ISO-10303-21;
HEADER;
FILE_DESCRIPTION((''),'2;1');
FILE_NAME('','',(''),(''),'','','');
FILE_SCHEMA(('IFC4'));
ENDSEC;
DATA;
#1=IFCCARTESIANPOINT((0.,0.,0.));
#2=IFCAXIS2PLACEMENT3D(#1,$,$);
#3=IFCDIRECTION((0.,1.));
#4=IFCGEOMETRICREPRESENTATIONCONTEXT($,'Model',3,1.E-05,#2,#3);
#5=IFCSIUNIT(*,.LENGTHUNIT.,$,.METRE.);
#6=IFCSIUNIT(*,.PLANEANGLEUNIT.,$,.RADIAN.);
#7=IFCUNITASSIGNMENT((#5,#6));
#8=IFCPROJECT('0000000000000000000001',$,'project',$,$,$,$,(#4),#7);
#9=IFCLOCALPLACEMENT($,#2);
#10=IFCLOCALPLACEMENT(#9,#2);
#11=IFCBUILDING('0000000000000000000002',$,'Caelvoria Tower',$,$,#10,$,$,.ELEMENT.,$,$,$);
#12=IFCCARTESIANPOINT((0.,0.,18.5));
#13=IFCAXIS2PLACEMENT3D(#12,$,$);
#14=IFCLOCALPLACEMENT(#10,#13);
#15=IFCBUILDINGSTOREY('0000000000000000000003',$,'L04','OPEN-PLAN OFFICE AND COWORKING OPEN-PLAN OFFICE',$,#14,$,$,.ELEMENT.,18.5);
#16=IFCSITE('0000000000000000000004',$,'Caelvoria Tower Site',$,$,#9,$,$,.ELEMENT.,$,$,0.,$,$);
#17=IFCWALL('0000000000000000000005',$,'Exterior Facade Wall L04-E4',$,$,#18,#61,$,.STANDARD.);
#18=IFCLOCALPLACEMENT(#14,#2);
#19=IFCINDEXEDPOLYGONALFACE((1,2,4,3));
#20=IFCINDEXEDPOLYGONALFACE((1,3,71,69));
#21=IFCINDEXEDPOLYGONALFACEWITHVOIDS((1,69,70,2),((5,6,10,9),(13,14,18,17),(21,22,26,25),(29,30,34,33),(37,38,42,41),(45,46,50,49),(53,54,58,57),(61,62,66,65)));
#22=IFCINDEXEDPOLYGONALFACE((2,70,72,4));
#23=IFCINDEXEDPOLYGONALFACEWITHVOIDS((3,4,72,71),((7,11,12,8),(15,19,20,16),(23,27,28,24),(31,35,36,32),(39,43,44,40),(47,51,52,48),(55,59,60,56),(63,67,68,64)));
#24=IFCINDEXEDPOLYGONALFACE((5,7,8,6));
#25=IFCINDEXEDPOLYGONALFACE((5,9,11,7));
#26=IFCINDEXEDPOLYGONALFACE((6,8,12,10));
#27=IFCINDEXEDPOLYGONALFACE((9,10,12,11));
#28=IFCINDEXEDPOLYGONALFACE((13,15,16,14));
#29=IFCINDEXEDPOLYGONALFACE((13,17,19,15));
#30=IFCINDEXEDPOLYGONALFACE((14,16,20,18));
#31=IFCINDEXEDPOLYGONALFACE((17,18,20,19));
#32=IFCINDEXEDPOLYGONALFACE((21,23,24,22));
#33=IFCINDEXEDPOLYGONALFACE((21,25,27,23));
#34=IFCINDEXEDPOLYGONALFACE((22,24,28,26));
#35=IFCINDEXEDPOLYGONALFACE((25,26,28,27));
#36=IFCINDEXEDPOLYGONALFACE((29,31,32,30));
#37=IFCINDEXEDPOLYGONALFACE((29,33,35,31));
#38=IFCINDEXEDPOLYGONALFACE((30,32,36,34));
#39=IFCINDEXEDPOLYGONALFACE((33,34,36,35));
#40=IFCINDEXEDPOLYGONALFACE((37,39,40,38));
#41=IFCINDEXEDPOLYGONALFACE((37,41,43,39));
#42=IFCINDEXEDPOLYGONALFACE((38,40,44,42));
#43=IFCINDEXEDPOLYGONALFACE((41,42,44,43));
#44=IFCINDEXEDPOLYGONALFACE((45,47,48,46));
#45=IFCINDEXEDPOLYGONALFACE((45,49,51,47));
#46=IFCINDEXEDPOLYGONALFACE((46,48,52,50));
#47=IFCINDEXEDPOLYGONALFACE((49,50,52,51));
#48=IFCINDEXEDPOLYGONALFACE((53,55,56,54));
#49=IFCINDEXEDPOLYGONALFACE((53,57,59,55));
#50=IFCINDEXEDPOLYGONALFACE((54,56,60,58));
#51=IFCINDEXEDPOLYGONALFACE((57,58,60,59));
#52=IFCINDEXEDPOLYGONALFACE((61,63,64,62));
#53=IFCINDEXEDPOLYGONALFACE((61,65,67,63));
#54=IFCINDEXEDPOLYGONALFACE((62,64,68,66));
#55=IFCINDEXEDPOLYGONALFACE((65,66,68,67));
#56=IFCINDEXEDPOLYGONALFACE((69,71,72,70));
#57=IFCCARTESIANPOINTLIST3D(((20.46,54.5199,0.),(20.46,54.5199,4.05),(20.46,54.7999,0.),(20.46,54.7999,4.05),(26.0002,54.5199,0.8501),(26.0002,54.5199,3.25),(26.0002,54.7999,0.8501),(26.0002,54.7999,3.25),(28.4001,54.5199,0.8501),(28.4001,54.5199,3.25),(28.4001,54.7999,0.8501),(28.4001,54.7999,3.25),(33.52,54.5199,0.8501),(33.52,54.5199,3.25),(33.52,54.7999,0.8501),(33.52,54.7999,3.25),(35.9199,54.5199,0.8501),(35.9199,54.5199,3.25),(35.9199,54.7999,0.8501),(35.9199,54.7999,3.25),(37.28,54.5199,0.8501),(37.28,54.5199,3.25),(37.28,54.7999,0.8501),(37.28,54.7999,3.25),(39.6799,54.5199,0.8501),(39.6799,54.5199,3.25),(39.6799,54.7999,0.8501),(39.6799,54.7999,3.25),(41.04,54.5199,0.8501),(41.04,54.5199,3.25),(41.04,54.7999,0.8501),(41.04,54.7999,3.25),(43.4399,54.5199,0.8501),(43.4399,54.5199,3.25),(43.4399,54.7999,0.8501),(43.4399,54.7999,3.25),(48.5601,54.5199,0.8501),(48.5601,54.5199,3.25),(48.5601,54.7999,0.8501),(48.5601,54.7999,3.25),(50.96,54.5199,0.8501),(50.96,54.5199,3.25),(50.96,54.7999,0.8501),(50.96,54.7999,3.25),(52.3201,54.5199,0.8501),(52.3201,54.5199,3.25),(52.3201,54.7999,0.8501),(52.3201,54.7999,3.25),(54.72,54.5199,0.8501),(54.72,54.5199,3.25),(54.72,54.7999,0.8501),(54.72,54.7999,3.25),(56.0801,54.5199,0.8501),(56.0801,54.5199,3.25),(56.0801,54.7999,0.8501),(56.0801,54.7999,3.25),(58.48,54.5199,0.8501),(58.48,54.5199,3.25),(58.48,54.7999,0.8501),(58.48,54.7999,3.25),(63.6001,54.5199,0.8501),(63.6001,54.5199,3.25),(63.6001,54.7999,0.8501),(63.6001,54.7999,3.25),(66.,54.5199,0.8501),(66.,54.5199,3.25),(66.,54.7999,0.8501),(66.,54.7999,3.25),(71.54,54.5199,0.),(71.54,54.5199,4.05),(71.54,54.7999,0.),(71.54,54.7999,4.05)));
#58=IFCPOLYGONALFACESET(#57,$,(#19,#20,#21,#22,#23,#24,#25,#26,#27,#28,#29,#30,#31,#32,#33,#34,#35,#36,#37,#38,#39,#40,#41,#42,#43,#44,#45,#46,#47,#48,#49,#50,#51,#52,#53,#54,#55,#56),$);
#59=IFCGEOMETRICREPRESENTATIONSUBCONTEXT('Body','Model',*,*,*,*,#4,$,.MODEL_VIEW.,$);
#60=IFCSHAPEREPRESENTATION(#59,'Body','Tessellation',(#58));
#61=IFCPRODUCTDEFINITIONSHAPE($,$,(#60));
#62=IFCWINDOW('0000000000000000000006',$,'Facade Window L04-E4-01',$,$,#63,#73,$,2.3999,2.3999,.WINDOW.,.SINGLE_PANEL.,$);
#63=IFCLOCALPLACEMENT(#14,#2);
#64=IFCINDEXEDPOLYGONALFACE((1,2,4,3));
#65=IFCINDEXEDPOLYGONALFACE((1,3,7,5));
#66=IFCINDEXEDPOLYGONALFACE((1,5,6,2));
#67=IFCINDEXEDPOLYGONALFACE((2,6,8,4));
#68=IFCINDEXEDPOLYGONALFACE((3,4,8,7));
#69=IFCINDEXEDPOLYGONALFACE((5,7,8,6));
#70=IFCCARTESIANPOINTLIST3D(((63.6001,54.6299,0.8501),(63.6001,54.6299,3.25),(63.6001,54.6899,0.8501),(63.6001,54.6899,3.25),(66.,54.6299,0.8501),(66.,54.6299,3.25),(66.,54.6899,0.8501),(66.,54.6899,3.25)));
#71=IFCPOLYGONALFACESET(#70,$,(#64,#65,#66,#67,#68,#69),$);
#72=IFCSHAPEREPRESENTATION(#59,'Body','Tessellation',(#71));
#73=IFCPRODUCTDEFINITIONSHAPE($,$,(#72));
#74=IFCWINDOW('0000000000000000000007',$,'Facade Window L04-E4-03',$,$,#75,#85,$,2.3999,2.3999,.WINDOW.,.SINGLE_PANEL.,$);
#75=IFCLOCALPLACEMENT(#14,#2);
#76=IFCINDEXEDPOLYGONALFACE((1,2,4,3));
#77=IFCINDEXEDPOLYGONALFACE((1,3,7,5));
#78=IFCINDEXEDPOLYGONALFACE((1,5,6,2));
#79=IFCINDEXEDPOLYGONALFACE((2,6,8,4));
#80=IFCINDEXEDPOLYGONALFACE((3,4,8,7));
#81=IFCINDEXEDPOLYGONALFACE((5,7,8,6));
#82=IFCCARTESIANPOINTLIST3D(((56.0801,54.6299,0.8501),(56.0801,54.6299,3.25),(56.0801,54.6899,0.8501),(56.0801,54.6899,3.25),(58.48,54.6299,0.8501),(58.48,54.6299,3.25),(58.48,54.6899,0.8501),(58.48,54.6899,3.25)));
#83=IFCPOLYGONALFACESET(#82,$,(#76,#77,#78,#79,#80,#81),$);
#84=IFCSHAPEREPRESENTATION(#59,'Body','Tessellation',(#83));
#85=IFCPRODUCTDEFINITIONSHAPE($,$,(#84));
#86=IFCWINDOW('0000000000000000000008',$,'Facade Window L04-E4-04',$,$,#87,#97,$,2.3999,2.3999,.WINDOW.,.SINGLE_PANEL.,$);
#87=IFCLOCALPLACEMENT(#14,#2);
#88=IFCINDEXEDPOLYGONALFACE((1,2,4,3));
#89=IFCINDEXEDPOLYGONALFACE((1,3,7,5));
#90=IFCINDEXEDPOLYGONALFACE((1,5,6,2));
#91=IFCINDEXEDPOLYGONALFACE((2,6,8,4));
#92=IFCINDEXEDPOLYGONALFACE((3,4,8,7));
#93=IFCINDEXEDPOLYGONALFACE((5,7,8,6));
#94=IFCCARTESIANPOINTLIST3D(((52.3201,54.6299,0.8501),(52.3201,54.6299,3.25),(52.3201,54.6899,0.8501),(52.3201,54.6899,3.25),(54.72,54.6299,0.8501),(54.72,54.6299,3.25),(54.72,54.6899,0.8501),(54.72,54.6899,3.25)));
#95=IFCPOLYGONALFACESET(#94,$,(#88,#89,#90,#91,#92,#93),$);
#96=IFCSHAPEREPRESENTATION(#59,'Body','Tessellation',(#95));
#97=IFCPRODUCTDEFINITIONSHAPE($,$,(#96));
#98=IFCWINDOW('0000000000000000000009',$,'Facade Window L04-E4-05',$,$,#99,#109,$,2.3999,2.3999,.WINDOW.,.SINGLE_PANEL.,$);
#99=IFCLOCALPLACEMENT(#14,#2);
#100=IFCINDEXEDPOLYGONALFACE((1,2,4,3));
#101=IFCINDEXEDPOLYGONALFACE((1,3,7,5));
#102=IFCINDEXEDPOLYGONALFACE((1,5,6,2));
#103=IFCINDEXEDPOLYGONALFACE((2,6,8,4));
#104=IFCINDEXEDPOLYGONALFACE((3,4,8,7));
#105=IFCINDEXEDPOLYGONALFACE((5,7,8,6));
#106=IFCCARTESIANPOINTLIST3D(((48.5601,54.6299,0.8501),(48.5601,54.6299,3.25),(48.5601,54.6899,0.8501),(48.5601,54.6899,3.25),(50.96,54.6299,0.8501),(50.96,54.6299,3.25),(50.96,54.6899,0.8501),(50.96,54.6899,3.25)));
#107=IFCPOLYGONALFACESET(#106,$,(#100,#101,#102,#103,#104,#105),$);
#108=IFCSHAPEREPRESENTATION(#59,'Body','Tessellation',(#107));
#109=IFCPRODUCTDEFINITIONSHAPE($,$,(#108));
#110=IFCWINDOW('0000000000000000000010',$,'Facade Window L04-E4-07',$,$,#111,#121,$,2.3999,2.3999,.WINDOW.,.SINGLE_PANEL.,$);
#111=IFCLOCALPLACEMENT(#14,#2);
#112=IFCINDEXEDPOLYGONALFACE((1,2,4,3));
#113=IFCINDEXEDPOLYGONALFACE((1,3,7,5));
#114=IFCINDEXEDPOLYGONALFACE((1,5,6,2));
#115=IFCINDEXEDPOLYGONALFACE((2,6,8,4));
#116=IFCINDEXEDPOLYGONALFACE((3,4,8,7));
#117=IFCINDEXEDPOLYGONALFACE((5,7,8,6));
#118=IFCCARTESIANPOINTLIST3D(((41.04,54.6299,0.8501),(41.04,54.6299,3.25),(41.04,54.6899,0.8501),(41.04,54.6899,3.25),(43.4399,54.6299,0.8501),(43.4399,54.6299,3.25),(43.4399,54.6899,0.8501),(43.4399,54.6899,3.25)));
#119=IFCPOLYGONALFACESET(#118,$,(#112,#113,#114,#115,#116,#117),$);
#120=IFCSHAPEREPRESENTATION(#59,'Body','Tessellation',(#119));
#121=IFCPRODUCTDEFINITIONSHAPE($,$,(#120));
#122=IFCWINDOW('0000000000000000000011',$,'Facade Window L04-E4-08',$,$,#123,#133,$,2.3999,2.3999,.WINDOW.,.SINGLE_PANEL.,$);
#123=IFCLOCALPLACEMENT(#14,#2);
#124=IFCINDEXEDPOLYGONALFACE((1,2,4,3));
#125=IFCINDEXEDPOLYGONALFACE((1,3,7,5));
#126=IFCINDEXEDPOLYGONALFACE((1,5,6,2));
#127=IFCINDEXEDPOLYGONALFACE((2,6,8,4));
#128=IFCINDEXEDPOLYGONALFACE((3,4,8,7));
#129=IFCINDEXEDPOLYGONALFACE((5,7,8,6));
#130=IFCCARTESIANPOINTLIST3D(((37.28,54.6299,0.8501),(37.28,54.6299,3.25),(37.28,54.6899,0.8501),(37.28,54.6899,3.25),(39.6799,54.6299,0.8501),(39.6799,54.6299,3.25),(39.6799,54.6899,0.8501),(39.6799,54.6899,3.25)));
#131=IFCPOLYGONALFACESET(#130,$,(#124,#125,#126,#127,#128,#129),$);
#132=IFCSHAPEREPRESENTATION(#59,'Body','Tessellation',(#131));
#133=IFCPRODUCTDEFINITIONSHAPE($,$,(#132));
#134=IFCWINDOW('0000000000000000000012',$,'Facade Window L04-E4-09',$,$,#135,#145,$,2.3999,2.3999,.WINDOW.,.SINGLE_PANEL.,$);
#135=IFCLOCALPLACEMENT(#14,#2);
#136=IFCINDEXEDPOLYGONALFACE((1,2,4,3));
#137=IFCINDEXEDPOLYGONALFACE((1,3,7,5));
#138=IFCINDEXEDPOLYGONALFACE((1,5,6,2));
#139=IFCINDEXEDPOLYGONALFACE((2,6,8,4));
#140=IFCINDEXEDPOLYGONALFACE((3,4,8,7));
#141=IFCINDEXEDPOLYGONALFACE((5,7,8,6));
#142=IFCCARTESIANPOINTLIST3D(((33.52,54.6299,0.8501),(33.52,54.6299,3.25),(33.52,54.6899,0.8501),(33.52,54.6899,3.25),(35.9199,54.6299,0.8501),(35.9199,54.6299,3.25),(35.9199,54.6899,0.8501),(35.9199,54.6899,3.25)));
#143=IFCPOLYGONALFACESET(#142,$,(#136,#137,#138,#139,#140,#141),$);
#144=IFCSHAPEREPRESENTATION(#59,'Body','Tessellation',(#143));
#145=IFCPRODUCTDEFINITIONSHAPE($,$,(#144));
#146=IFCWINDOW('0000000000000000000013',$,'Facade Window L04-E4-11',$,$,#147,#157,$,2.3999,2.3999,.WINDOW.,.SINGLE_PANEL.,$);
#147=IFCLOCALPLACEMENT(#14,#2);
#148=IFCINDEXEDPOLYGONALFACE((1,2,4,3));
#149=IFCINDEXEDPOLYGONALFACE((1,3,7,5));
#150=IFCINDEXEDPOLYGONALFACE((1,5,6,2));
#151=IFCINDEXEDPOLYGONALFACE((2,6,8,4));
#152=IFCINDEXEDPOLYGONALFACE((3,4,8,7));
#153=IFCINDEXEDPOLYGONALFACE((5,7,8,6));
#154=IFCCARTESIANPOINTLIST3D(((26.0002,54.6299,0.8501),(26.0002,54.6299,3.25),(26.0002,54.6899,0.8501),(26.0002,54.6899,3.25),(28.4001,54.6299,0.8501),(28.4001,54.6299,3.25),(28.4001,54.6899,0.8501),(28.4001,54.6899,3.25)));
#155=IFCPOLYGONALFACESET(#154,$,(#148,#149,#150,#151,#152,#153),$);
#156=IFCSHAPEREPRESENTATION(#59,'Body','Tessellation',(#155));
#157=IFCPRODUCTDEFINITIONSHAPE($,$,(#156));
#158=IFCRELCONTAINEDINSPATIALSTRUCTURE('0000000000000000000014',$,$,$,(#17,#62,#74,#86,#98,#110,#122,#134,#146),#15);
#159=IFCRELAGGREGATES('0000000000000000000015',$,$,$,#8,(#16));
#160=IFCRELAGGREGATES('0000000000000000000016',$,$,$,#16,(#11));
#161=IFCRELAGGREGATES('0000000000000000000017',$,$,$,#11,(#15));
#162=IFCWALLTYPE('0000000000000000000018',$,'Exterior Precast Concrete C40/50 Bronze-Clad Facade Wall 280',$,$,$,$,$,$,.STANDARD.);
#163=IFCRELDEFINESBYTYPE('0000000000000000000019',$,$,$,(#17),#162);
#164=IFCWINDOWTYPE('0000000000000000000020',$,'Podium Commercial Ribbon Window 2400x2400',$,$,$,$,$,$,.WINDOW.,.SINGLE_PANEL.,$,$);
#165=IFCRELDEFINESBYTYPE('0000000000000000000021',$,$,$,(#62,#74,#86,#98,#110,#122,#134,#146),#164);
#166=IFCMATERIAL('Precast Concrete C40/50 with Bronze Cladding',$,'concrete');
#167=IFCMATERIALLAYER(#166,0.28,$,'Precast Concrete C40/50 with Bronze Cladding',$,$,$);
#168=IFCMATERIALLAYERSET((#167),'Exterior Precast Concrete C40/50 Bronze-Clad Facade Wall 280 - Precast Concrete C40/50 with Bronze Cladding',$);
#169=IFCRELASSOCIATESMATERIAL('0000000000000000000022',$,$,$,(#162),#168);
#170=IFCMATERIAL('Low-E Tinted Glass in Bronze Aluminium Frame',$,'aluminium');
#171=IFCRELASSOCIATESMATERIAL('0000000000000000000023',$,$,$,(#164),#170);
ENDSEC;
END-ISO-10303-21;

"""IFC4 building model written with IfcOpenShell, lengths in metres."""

from ifc_helpers import new_model, si_unit, direction, frame, frame_2d, origin, place, context, subcontext, project, spatial, rectangle, extrude, material, layer, layer_set, type_object, element, fill, save


model = new_model("IFC4")

# Units and contexts
model_context = context("Model", 3, precision=1e-05, world=origin(), true_north=direction((0.0, 1.0)))
body_context = subcontext(model_context, "Body", "Model", "MODEL_VIEW")
ifc_project = project(units=[si_unit("LENGTHUNIT", "METRE"), si_unit("PLANEANGLEUNIT", "RADIAN")], contexts=[model_context])

# Site, building, storey
site_placement = place(None, origin())
site = spatial("IfcSite", under=ifc_project, at=site_placement, Name="Caelvoria Tower Site", CompositionType="ELEMENT", RefElevation=0.0)
building_placement = place(site_placement, origin())
building = spatial("IfcBuilding", under=site, at=building_placement, Name="Caelvoria Tower", CompositionType="ELEMENT")
storey_placement = place(building_placement, frame((0.0, 0.0, 18.5)))
storey = spatial("IfcBuildingStorey", under=building, at=storey_placement, Name="L04", Description="OPEN-PLAN OFFICE AND COWORKING OPEN-PLAN OFFICE", CompositionType="ELEMENT", Elevation=18.5)

# Shared definitions
ifc_material_1 = material(Name="Precast Concrete C40/50 with Bronze Cladding", Category="concrete")
ifc_layer_1 = layer(ifc_material_1, 0.28, Name="Precast Concrete C40/50 with Bronze Cladding")
ifc_layer_set_1 = layer_set([ifc_layer_1], Name="Exterior Precast Concrete C40/50 Bronze-Clad Facade Wall 280 - Precast Concrete C40/50 with Bronze Cladding")
wall_type_1 = type_object("IfcWallType", Name="Exterior Precast Concrete C40/50 Bronze-Clad Facade Wall 280", PredefinedType="STANDARD", material=ifc_layer_set_1)
ifc_material_2 = material(Name="Low-E Tinted Glass in Bronze Aluminium Frame", Category="aluminium")

# Wall, openings, windows
wall_1_placement = place(storey_placement, frame((71.54, 54.6599, 0.0), z_axis=(0.0, 0.0, 1.0), x_axis=(-1.0, 0.0, 0.0)))
wall_1 = element("IfcWall", 1, at=wall_1_placement, inside=storey, type_object=wall_type_1, Name="Exterior Facade Wall L04-E4", PredefinedType="STANDARD", context=body_context, shape_type="SweptSolid", body=[
    extrude(rectangle(XDim=51.0801, YDim=0.28, at=frame_2d((25.54, 0.0))), origin(), (0.0, 0.0, 1.0), 4.05),
])
opening_1_placement = place(wall_1_placement, frame((5.54, 0.0, 0.8501)))
opening_1 = element("IfcOpeningElement", 2, at=opening_1_placement, cuts=wall_1, PredefinedType="OPENING", context=body_context, shape_type="SweptSolid", body=[
    extrude(rectangle(XDim=2.3999, YDim=2.3999, at=frame_2d((1.2, 1.2))), frame((0.0, 0.1499, 0.0), z_axis=(0.0, -1.0, 0.0), x_axis=(1.0, 0.0, 0.0)), (0.0, 0.0, 1.0), 0.3),
])
opening_2_placement = place(wall_1_placement, frame((13.0601, 0.0, 0.8501)))
opening_2 = element("IfcOpeningElement", 3, at=opening_2_placement, cuts=wall_1, PredefinedType="OPENING", context=body_context, shape_type="SweptSolid", body=[
    extrude(rectangle(XDim=2.3999, YDim=2.3999, at=frame_2d((1.2, 1.2))), frame((0.0, 0.1499, 0.0), z_axis=(0.0, -1.0, 0.0), x_axis=(1.0, 0.0, 0.0)), (0.0, 0.0, 1.0), 0.3),
])
opening_3_placement = place(wall_1_placement, frame((16.8201, 0.0, 0.8501)))
opening_3 = element("IfcOpeningElement", 4, at=opening_3_placement, cuts=wall_1, PredefinedType="OPENING", context=body_context, shape_type="SweptSolid", body=[
    extrude(rectangle(XDim=2.3999, YDim=2.3999, at=frame_2d((1.2, 1.2))), frame((0.0, 0.1499, 0.0), z_axis=(0.0, -1.0, 0.0), x_axis=(1.0, 0.0, 0.0)), (0.0, 0.0, 1.0), 0.3),
])
opening_4_placement = place(wall_1_placement, frame((20.5801, 0.0, 0.8501)))
opening_4 = element("IfcOpeningElement", 5, at=opening_4_placement, cuts=wall_1, PredefinedType="OPENING", context=body_context, shape_type="SweptSolid", body=[
    extrude(rectangle(XDim=2.3999, YDim=2.3999, at=frame_2d((1.2, 1.2))), frame((0.0, 0.1499, 0.0), z_axis=(0.0, -1.0, 0.0), x_axis=(1.0, 0.0, 0.0)), (0.0, 0.0, 1.0), 0.3),
])
opening_5_placement = place(wall_1_placement, frame((28.1001, 0.0, 0.8501)))
opening_5 = element("IfcOpeningElement", 6, at=opening_5_placement, cuts=wall_1, PredefinedType="OPENING", context=body_context, shape_type="SweptSolid", body=[
    extrude(rectangle(XDim=2.3999, YDim=2.3999, at=frame_2d((1.2, 1.2))), frame((0.0, 0.1499, 0.0), z_axis=(0.0, -1.0, 0.0), x_axis=(1.0, 0.0, 0.0)), (0.0, 0.0, 1.0), 0.3),
])
opening_6_placement = place(wall_1_placement, frame((31.8601, 0.0, 0.8501)))
opening_6 = element("IfcOpeningElement", 7, at=opening_6_placement, cuts=wall_1, PredefinedType="OPENING", context=body_context, shape_type="SweptSolid", body=[
    extrude(rectangle(XDim=2.3999, YDim=2.3999, at=frame_2d((1.2, 1.2))), frame((0.0, 0.1499, 0.0), z_axis=(0.0, -1.0, 0.0), x_axis=(1.0, 0.0, 0.0)), (0.0, 0.0, 1.0), 0.3),
])
opening_7_placement = place(wall_1_placement, frame((35.6201, 0.0, 0.8501)))
opening_7 = element("IfcOpeningElement", 8, at=opening_7_placement, cuts=wall_1, PredefinedType="OPENING", context=body_context, shape_type="SweptSolid", body=[
    extrude(rectangle(XDim=2.3999, YDim=2.3999, at=frame_2d((1.2, 1.2))), frame((0.0, 0.1499, 0.0), z_axis=(0.0, -1.0, 0.0), x_axis=(1.0, 0.0, 0.0)), (0.0, 0.0, 1.0), 0.3),
])
opening_8_placement = place(wall_1_placement, frame((43.1399, 0.0, 0.8501)))
opening_8 = element("IfcOpeningElement", 9, at=opening_8_placement, cuts=wall_1, PredefinedType="OPENING", context=body_context, shape_type="SweptSolid", body=[
    extrude(rectangle(XDim=2.3999, YDim=2.3999, at=frame_2d((1.2, 1.2))), frame((0.0, 0.1499, 0.0), z_axis=(0.0, -1.0, 0.0), x_axis=(1.0, 0.0, 0.0)), (0.0, 0.0, 1.0), 0.3),
])
window_type_1 = type_object("IfcWindowType", Name="Podium Commercial Ribbon Window 2400x2400", PartitioningType="SINGLE_PANEL", PredefinedType="WINDOW", material=ifc_material_2)
window_1_placement = place(opening_1_placement, origin())
window_1 = element("IfcWindow", 10, at=window_1_placement, inside=storey, type_object=window_type_1, Name="Facade Window L04-E4-01", OverallHeight=2.3999, OverallWidth=2.3999, PartitioningType="SINGLE_PANEL", PredefinedType="WINDOW", context=body_context, shape_type="SweptSolid", body=[
    extrude(rectangle(XDim=2.3999, YDim=2.3999, at=frame_2d((1.2, 1.2))), frame((0.0, 0.03, 0.0), z_axis=(0.0, -1.0, 0.0), x_axis=(1.0, 0.0, 0.0)), (0.0, 0.0, 1.0), 0.0601),
])
fill(opening_1, window_1)
window_2_placement = place(opening_2_placement, origin())
window_2 = element("IfcWindow", 11, at=window_2_placement, inside=storey, type_object=window_type_1, Name="Facade Window L04-E4-03", OverallHeight=2.3999, OverallWidth=2.3999, PartitioningType="SINGLE_PANEL", PredefinedType="WINDOW", context=body_context, shape_type="SweptSolid", body=[
    extrude(rectangle(XDim=2.3999, YDim=2.3999, at=frame_2d((1.2, 1.2))), frame((0.0, 0.03, 0.0), z_axis=(0.0, -1.0, 0.0), x_axis=(1.0, 0.0, 0.0)), (0.0, 0.0, 1.0), 0.0601),
])
fill(opening_2, window_2)
window_3_placement = place(opening_3_placement, origin())
window_3 = element("IfcWindow", 12, at=window_3_placement, inside=storey, type_object=window_type_1, Name="Facade Window L04-E4-04", OverallHeight=2.3999, OverallWidth=2.3999, PartitioningType="SINGLE_PANEL", PredefinedType="WINDOW", context=body_context, shape_type="SweptSolid", body=[
    extrude(rectangle(XDim=2.3999, YDim=2.3999, at=frame_2d((1.2, 1.2))), frame((0.0, 0.03, 0.0), z_axis=(0.0, -1.0, 0.0), x_axis=(1.0, 0.0, 0.0)), (0.0, 0.0, 1.0), 0.0601),
])
fill(opening_3, window_3)
window_4_placement = place(opening_4_placement, origin())
window_4 = element("IfcWindow", 13, at=window_4_placement, inside=storey, type_object=window_type_1, Name="Facade Window L04-E4-05", OverallHeight=2.3999, OverallWidth=2.3999, PartitioningType="SINGLE_PANEL", PredefinedType="WINDOW", context=body_context, shape_type="SweptSolid", body=[
    extrude(rectangle(XDim=2.3999, YDim=2.3999, at=frame_2d((1.2, 1.2))), frame((0.0, 0.03, 0.0), z_axis=(0.0, -1.0, 0.0), x_axis=(1.0, 0.0, 0.0)), (0.0, 0.0, 1.0), 0.0601),
])
fill(opening_4, window_4)
window_5_placement = place(opening_5_placement, origin())
window_5 = element("IfcWindow", 14, at=window_5_placement, inside=storey, type_object=window_type_1, Name="Facade Window L04-E4-07", OverallHeight=2.3999, OverallWidth=2.3999, PartitioningType="SINGLE_PANEL", PredefinedType="WINDOW", context=body_context, shape_type="SweptSolid", body=[
    extrude(rectangle(XDim=2.3999, YDim=2.3999, at=frame_2d((1.2, 1.2))), frame((0.0, 0.03, 0.0), z_axis=(0.0, -1.0, 0.0), x_axis=(1.0, 0.0, 0.0)), (0.0, 0.0, 1.0), 0.0601),
])
fill(opening_5, window_5)
window_6_placement = place(opening_6_placement, origin())
window_6 = element("IfcWindow", 15, at=window_6_placement, inside=storey, type_object=window_type_1, Name="Facade Window L04-E4-08", OverallHeight=2.3999, OverallWidth=2.3999, PartitioningType="SINGLE_PANEL", PredefinedType="WINDOW", context=body_context, shape_type="SweptSolid", body=[
    extrude(rectangle(XDim=2.3999, YDim=2.3999, at=frame_2d((1.2, 1.2))), frame((0.0, 0.03, 0.0), z_axis=(0.0, -1.0, 0.0), x_axis=(1.0, 0.0, 0.0)), (0.0, 0.0, 1.0), 0.0601),
])
fill(opening_6, window_6)
window_7_placement = place(opening_7_placement, origin())
window_7 = element("IfcWindow", 16, at=window_7_placement, inside=storey, type_object=window_type_1, Name="Facade Window L04-E4-09", OverallHeight=2.3999, OverallWidth=2.3999, PartitioningType="SINGLE_PANEL", PredefinedType="WINDOW", context=body_context, shape_type="SweptSolid", body=[
    extrude(rectangle(XDim=2.3999, YDim=2.3999, at=frame_2d((1.2, 1.2))), frame((0.0, 0.03, 0.0), z_axis=(0.0, -1.0, 0.0), x_axis=(1.0, 0.0, 0.0)), (0.0, 0.0, 1.0), 0.0601),
])
fill(opening_7, window_7)
window_8_placement = place(opening_8_placement, origin())
window_8 = element("IfcWindow", 17, at=window_8_placement, inside=storey, type_object=window_type_1, Name="Facade Window L04-E4-11", OverallHeight=2.3999, OverallWidth=2.3999, PartitioningType="SINGLE_PANEL", PredefinedType="WINDOW", context=body_context, shape_type="SweptSolid", body=[
    extrude(rectangle(XDim=2.3999, YDim=2.3999, at=frame_2d((1.2, 1.2))), frame((0.0, 0.03, 0.0), z_axis=(0.0, -1.0, 0.0), x_axis=(1.0, 0.0, 0.0)), (0.0, 0.0, 1.0), 0.0601),
])
fill(opening_8, window_8)

save(model, "model.ifc")
